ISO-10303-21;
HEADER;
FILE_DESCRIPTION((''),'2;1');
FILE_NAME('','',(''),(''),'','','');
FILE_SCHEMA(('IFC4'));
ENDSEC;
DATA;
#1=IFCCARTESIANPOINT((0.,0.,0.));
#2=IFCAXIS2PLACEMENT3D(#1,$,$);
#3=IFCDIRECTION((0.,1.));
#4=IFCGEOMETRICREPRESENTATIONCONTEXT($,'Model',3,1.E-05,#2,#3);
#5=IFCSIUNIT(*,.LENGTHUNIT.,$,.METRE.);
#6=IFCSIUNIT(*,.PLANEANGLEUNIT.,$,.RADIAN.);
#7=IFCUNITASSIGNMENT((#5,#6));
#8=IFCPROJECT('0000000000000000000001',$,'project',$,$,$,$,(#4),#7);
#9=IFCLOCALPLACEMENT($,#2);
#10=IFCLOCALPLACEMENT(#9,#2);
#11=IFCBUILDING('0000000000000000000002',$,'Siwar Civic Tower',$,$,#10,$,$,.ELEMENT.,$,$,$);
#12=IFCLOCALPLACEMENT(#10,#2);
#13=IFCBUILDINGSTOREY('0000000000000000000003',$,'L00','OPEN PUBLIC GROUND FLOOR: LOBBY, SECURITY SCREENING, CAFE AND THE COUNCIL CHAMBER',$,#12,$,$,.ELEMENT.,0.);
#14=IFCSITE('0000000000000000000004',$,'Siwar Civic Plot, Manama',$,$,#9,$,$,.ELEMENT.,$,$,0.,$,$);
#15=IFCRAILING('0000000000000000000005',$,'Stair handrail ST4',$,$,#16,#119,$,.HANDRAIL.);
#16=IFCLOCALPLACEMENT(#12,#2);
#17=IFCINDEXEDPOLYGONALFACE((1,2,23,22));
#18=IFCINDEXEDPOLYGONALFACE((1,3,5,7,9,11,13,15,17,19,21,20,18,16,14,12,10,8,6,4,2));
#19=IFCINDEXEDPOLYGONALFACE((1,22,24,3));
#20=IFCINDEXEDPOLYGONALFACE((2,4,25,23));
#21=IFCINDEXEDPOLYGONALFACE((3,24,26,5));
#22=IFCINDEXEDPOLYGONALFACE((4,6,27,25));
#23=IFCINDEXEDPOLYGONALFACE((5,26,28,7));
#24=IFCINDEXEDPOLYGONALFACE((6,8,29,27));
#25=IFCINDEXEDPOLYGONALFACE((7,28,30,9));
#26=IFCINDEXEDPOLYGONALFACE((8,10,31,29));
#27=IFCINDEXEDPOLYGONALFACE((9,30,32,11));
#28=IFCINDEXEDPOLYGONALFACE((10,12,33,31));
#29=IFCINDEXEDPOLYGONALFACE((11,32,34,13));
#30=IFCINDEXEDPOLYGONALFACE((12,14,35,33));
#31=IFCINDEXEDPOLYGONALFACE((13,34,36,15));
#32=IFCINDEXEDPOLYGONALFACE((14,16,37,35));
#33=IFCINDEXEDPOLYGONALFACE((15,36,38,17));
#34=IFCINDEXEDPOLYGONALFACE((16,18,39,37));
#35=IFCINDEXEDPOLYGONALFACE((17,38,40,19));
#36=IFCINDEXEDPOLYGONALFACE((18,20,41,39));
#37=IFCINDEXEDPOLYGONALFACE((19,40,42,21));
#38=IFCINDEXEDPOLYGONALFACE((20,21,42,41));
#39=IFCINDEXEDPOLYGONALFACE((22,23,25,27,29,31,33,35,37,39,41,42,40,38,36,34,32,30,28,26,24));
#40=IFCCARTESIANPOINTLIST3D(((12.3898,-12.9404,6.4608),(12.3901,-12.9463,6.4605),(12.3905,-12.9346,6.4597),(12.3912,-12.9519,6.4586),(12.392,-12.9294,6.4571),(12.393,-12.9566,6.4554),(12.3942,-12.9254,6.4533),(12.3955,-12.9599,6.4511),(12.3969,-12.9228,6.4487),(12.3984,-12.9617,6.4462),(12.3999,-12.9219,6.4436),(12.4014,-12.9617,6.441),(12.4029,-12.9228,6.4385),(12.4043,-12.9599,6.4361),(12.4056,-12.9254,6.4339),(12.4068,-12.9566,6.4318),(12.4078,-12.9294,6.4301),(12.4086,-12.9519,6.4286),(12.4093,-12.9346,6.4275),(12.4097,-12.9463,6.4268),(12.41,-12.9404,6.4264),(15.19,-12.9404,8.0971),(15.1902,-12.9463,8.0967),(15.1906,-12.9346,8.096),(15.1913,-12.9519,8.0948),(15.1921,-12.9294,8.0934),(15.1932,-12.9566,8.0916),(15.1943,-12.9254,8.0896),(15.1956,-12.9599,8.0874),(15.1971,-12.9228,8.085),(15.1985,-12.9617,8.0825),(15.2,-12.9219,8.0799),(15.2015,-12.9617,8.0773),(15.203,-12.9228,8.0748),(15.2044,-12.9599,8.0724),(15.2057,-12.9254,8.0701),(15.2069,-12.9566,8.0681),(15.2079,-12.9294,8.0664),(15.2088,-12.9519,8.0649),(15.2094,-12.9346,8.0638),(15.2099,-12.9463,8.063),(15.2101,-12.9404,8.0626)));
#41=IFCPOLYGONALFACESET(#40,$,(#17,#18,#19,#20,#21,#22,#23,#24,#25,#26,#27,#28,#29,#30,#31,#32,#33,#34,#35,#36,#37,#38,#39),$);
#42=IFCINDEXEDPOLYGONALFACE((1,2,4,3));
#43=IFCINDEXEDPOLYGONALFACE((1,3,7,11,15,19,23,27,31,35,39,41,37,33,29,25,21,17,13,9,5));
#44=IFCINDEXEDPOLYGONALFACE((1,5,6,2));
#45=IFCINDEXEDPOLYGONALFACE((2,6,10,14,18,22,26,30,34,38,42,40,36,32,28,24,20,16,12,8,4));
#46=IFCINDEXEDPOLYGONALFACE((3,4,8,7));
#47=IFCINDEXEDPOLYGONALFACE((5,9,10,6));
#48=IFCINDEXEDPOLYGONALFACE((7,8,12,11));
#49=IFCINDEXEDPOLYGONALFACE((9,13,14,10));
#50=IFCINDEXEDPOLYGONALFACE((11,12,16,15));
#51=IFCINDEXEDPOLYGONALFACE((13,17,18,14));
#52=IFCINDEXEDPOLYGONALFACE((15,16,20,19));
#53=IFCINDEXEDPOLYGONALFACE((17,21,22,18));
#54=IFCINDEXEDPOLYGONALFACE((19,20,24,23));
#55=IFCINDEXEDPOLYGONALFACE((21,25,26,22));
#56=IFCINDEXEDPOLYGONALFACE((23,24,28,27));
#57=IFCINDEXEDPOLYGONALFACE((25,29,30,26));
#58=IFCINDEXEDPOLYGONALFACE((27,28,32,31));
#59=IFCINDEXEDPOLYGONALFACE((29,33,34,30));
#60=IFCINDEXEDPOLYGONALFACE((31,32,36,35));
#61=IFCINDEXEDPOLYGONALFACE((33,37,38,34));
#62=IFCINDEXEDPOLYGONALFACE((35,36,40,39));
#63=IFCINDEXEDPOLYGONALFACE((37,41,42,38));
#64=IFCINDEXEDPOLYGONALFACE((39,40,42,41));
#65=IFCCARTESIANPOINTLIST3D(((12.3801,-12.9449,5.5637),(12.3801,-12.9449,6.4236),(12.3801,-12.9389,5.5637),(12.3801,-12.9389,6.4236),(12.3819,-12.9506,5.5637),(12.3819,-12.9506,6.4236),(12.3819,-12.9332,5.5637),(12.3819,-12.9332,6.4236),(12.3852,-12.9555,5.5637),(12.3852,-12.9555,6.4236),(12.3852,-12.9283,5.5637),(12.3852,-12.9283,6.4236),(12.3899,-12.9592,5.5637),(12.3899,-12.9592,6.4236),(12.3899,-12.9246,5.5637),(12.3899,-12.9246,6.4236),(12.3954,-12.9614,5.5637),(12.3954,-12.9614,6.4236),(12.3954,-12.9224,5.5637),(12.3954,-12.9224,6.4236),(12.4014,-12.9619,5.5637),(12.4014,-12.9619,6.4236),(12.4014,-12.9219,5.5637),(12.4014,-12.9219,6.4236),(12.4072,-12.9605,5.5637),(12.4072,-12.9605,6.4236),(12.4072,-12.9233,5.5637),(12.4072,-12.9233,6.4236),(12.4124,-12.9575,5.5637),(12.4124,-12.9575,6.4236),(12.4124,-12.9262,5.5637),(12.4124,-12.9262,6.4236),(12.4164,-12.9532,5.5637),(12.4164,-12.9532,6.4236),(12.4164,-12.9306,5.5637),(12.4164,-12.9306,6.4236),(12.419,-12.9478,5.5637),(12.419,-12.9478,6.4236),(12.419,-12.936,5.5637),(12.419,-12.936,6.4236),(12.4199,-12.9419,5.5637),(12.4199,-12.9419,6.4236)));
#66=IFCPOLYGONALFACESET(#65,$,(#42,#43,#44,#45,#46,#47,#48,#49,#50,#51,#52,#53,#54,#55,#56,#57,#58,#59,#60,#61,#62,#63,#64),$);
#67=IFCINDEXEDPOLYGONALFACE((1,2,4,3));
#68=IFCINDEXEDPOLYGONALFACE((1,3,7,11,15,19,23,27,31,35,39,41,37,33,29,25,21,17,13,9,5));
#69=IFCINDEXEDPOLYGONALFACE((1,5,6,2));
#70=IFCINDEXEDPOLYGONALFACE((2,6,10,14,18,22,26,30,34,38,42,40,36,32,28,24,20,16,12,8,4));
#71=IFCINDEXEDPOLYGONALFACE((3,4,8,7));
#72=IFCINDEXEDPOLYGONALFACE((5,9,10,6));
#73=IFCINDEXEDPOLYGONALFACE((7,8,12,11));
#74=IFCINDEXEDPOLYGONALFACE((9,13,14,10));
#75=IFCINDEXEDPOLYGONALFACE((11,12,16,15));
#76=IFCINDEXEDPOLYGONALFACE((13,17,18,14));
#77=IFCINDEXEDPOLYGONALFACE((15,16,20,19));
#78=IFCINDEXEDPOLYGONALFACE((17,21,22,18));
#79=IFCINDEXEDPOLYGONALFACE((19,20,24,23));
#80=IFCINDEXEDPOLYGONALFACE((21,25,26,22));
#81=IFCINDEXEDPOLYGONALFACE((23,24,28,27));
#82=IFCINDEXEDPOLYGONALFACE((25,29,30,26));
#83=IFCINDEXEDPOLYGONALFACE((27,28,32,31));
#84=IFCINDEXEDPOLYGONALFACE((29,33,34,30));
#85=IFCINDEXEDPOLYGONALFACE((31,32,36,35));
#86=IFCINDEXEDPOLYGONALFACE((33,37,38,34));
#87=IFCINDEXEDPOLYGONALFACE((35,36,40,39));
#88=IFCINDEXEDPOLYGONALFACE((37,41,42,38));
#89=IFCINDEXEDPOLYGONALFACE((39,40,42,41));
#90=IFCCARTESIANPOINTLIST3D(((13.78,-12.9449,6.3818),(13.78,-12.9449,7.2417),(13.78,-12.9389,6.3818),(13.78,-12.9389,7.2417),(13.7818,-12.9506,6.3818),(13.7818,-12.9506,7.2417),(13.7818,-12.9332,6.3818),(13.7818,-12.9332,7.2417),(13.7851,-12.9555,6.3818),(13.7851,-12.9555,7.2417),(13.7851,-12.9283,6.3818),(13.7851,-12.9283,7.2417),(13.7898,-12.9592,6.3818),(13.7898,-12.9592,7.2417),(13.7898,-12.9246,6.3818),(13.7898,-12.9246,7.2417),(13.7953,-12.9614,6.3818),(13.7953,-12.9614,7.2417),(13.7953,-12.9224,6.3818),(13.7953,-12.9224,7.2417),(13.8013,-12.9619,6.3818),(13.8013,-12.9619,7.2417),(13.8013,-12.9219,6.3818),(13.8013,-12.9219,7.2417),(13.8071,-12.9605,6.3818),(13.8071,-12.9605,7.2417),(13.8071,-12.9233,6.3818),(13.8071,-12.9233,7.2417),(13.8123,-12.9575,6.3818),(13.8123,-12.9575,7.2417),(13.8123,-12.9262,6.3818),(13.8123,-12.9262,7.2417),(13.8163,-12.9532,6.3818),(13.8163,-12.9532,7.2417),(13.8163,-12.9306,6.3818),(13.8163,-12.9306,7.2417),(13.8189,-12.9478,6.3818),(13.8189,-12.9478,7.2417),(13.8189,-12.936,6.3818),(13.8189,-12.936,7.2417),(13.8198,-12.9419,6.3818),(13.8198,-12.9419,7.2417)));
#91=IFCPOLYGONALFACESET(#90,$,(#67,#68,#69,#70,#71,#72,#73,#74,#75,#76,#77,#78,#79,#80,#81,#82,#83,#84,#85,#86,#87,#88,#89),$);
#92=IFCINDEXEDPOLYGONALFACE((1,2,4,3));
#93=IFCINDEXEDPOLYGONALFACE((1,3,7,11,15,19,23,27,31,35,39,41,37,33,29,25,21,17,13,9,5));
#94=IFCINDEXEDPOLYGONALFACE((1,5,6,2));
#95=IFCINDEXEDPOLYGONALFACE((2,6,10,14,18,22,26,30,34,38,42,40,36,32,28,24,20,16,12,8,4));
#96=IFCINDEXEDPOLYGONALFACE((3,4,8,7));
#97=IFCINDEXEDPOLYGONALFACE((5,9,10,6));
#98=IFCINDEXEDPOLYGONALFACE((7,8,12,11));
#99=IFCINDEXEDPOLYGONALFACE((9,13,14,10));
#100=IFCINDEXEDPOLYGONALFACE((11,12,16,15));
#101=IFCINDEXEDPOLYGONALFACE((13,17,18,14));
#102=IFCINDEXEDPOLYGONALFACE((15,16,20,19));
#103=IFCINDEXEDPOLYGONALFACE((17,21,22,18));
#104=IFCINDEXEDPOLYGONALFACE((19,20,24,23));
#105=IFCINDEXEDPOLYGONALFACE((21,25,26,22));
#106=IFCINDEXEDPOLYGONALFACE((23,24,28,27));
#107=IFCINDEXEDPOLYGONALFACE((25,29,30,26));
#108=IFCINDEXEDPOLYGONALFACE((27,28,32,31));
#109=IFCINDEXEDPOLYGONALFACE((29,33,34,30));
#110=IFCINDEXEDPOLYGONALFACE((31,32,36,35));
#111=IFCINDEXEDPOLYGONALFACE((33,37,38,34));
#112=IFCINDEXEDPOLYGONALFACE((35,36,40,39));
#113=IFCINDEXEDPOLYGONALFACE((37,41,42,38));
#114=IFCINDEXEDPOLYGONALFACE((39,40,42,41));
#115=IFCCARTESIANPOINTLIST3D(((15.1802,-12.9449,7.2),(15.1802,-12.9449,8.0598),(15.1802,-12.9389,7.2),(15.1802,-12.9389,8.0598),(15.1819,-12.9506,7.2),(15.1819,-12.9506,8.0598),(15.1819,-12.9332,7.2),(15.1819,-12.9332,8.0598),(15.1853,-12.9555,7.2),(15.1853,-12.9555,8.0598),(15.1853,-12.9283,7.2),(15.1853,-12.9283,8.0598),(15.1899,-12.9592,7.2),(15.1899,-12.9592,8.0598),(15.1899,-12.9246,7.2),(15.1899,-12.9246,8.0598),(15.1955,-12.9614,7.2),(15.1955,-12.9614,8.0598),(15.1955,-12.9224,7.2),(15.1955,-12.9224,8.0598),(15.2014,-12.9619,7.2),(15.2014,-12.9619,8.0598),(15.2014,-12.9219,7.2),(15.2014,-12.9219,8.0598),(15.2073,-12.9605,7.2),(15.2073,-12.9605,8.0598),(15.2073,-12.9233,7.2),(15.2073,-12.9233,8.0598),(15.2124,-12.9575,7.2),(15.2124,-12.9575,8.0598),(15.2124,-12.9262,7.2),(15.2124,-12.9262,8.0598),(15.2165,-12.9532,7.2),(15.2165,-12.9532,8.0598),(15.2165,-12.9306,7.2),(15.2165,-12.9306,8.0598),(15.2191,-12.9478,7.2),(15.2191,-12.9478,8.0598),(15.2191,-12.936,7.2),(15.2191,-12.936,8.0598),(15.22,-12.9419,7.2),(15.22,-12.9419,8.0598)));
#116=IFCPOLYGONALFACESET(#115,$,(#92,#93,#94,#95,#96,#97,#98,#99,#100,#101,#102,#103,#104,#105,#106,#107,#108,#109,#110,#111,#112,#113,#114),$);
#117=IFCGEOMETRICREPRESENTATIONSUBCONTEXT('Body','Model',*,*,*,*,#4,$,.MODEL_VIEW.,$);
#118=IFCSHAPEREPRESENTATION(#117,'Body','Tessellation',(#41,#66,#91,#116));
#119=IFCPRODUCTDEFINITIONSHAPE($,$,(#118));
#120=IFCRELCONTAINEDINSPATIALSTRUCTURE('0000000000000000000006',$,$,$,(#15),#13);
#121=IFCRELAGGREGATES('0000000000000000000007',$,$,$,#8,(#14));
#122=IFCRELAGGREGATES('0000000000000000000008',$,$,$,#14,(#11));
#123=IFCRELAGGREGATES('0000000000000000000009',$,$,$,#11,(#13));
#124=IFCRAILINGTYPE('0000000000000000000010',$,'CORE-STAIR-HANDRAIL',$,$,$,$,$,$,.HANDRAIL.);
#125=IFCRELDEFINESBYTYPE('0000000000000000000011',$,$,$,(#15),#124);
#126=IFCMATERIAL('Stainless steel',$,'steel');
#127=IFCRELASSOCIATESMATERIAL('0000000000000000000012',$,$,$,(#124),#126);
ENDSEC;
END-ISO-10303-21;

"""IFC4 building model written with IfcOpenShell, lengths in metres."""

from ifc_helpers import new_model, si_unit, direction, frame, origin, origin_2d, place, context, subcontext, project, spatial, circle, extrude, material, type_object, element, save


model = new_model("IFC4")

# Units and contexts
model_context = context("Model", 3, precision=1e-05, world=origin(), true_north=direction((0.0, 1.0)))
body_context = subcontext(model_context, "Body", "Model", "MODEL_VIEW")
ifc_project = project(units=[si_unit("LENGTHUNIT", "METRE"), si_unit("PLANEANGLEUNIT", "RADIAN")], contexts=[model_context])

# Site, building, storey
site_placement = place(None, origin())
site = spatial("IfcSite", under=ifc_project, at=site_placement, Name="Siwar Civic Plot, Manama", CompositionType="ELEMENT", RefElevation=0.0)
building_placement = place(site_placement, origin())
building = spatial("IfcBuilding", under=site, at=building_placement, Name="Siwar Civic Tower", CompositionType="ELEMENT")
storey_placement = place(building_placement, origin())
storey = spatial("IfcBuildingStorey", under=building, at=storey_placement, Name="L00", Description="OPEN PUBLIC GROUND FLOOR: LOBBY, SECURITY SCREENING, CAFE AND THE COUNCIL CHAMBER", CompositionType="ELEMENT", Elevation=0.0)

# Railing
ifc_material_1 = material(Name="Stainless steel", Category="steel")
railing_type = type_object("IfcRailingType", Name="CORE-STAIR-HANDRAIL", PredefinedType="HANDRAIL", material=ifc_material_1)
railing_1_placement = place(storey_placement, frame((12.3999, -12.9419, 5.5637)))
element("IfcRailing", 1, at=railing_1_placement, inside=storey, type_object=railing_type, Name="Stair handrail ST4", PredefinedType="HANDRAIL", context=body_context, shape_type="SweptSolid", body=[
    extrude(circle(Radius=0.02, at=origin_2d()), frame((0.0, 0.0, 0.8799), z_axis=(0.863394, 0.0, 0.504531), x_axis=(0.0, 1.0, 0.0)), (0.0, 0.0, 1.0), 3.2432),
    extrude(circle(Radius=0.02, at=origin_2d()), origin(), (0.0, 0.0, 1.0), 0.8599),
    extrude(circle(Radius=0.02, at=origin_2d()), frame((1.3999, 0.0, 0.8181)), (0.0, 0.0, 1.0), 0.8599),
    extrude(circle(Radius=0.02, at=origin_2d()), frame((2.8, 0.0, 1.6362)), (0.0, 0.0, 1.0), 0.8599),
])

save(model, "model.ifc")
